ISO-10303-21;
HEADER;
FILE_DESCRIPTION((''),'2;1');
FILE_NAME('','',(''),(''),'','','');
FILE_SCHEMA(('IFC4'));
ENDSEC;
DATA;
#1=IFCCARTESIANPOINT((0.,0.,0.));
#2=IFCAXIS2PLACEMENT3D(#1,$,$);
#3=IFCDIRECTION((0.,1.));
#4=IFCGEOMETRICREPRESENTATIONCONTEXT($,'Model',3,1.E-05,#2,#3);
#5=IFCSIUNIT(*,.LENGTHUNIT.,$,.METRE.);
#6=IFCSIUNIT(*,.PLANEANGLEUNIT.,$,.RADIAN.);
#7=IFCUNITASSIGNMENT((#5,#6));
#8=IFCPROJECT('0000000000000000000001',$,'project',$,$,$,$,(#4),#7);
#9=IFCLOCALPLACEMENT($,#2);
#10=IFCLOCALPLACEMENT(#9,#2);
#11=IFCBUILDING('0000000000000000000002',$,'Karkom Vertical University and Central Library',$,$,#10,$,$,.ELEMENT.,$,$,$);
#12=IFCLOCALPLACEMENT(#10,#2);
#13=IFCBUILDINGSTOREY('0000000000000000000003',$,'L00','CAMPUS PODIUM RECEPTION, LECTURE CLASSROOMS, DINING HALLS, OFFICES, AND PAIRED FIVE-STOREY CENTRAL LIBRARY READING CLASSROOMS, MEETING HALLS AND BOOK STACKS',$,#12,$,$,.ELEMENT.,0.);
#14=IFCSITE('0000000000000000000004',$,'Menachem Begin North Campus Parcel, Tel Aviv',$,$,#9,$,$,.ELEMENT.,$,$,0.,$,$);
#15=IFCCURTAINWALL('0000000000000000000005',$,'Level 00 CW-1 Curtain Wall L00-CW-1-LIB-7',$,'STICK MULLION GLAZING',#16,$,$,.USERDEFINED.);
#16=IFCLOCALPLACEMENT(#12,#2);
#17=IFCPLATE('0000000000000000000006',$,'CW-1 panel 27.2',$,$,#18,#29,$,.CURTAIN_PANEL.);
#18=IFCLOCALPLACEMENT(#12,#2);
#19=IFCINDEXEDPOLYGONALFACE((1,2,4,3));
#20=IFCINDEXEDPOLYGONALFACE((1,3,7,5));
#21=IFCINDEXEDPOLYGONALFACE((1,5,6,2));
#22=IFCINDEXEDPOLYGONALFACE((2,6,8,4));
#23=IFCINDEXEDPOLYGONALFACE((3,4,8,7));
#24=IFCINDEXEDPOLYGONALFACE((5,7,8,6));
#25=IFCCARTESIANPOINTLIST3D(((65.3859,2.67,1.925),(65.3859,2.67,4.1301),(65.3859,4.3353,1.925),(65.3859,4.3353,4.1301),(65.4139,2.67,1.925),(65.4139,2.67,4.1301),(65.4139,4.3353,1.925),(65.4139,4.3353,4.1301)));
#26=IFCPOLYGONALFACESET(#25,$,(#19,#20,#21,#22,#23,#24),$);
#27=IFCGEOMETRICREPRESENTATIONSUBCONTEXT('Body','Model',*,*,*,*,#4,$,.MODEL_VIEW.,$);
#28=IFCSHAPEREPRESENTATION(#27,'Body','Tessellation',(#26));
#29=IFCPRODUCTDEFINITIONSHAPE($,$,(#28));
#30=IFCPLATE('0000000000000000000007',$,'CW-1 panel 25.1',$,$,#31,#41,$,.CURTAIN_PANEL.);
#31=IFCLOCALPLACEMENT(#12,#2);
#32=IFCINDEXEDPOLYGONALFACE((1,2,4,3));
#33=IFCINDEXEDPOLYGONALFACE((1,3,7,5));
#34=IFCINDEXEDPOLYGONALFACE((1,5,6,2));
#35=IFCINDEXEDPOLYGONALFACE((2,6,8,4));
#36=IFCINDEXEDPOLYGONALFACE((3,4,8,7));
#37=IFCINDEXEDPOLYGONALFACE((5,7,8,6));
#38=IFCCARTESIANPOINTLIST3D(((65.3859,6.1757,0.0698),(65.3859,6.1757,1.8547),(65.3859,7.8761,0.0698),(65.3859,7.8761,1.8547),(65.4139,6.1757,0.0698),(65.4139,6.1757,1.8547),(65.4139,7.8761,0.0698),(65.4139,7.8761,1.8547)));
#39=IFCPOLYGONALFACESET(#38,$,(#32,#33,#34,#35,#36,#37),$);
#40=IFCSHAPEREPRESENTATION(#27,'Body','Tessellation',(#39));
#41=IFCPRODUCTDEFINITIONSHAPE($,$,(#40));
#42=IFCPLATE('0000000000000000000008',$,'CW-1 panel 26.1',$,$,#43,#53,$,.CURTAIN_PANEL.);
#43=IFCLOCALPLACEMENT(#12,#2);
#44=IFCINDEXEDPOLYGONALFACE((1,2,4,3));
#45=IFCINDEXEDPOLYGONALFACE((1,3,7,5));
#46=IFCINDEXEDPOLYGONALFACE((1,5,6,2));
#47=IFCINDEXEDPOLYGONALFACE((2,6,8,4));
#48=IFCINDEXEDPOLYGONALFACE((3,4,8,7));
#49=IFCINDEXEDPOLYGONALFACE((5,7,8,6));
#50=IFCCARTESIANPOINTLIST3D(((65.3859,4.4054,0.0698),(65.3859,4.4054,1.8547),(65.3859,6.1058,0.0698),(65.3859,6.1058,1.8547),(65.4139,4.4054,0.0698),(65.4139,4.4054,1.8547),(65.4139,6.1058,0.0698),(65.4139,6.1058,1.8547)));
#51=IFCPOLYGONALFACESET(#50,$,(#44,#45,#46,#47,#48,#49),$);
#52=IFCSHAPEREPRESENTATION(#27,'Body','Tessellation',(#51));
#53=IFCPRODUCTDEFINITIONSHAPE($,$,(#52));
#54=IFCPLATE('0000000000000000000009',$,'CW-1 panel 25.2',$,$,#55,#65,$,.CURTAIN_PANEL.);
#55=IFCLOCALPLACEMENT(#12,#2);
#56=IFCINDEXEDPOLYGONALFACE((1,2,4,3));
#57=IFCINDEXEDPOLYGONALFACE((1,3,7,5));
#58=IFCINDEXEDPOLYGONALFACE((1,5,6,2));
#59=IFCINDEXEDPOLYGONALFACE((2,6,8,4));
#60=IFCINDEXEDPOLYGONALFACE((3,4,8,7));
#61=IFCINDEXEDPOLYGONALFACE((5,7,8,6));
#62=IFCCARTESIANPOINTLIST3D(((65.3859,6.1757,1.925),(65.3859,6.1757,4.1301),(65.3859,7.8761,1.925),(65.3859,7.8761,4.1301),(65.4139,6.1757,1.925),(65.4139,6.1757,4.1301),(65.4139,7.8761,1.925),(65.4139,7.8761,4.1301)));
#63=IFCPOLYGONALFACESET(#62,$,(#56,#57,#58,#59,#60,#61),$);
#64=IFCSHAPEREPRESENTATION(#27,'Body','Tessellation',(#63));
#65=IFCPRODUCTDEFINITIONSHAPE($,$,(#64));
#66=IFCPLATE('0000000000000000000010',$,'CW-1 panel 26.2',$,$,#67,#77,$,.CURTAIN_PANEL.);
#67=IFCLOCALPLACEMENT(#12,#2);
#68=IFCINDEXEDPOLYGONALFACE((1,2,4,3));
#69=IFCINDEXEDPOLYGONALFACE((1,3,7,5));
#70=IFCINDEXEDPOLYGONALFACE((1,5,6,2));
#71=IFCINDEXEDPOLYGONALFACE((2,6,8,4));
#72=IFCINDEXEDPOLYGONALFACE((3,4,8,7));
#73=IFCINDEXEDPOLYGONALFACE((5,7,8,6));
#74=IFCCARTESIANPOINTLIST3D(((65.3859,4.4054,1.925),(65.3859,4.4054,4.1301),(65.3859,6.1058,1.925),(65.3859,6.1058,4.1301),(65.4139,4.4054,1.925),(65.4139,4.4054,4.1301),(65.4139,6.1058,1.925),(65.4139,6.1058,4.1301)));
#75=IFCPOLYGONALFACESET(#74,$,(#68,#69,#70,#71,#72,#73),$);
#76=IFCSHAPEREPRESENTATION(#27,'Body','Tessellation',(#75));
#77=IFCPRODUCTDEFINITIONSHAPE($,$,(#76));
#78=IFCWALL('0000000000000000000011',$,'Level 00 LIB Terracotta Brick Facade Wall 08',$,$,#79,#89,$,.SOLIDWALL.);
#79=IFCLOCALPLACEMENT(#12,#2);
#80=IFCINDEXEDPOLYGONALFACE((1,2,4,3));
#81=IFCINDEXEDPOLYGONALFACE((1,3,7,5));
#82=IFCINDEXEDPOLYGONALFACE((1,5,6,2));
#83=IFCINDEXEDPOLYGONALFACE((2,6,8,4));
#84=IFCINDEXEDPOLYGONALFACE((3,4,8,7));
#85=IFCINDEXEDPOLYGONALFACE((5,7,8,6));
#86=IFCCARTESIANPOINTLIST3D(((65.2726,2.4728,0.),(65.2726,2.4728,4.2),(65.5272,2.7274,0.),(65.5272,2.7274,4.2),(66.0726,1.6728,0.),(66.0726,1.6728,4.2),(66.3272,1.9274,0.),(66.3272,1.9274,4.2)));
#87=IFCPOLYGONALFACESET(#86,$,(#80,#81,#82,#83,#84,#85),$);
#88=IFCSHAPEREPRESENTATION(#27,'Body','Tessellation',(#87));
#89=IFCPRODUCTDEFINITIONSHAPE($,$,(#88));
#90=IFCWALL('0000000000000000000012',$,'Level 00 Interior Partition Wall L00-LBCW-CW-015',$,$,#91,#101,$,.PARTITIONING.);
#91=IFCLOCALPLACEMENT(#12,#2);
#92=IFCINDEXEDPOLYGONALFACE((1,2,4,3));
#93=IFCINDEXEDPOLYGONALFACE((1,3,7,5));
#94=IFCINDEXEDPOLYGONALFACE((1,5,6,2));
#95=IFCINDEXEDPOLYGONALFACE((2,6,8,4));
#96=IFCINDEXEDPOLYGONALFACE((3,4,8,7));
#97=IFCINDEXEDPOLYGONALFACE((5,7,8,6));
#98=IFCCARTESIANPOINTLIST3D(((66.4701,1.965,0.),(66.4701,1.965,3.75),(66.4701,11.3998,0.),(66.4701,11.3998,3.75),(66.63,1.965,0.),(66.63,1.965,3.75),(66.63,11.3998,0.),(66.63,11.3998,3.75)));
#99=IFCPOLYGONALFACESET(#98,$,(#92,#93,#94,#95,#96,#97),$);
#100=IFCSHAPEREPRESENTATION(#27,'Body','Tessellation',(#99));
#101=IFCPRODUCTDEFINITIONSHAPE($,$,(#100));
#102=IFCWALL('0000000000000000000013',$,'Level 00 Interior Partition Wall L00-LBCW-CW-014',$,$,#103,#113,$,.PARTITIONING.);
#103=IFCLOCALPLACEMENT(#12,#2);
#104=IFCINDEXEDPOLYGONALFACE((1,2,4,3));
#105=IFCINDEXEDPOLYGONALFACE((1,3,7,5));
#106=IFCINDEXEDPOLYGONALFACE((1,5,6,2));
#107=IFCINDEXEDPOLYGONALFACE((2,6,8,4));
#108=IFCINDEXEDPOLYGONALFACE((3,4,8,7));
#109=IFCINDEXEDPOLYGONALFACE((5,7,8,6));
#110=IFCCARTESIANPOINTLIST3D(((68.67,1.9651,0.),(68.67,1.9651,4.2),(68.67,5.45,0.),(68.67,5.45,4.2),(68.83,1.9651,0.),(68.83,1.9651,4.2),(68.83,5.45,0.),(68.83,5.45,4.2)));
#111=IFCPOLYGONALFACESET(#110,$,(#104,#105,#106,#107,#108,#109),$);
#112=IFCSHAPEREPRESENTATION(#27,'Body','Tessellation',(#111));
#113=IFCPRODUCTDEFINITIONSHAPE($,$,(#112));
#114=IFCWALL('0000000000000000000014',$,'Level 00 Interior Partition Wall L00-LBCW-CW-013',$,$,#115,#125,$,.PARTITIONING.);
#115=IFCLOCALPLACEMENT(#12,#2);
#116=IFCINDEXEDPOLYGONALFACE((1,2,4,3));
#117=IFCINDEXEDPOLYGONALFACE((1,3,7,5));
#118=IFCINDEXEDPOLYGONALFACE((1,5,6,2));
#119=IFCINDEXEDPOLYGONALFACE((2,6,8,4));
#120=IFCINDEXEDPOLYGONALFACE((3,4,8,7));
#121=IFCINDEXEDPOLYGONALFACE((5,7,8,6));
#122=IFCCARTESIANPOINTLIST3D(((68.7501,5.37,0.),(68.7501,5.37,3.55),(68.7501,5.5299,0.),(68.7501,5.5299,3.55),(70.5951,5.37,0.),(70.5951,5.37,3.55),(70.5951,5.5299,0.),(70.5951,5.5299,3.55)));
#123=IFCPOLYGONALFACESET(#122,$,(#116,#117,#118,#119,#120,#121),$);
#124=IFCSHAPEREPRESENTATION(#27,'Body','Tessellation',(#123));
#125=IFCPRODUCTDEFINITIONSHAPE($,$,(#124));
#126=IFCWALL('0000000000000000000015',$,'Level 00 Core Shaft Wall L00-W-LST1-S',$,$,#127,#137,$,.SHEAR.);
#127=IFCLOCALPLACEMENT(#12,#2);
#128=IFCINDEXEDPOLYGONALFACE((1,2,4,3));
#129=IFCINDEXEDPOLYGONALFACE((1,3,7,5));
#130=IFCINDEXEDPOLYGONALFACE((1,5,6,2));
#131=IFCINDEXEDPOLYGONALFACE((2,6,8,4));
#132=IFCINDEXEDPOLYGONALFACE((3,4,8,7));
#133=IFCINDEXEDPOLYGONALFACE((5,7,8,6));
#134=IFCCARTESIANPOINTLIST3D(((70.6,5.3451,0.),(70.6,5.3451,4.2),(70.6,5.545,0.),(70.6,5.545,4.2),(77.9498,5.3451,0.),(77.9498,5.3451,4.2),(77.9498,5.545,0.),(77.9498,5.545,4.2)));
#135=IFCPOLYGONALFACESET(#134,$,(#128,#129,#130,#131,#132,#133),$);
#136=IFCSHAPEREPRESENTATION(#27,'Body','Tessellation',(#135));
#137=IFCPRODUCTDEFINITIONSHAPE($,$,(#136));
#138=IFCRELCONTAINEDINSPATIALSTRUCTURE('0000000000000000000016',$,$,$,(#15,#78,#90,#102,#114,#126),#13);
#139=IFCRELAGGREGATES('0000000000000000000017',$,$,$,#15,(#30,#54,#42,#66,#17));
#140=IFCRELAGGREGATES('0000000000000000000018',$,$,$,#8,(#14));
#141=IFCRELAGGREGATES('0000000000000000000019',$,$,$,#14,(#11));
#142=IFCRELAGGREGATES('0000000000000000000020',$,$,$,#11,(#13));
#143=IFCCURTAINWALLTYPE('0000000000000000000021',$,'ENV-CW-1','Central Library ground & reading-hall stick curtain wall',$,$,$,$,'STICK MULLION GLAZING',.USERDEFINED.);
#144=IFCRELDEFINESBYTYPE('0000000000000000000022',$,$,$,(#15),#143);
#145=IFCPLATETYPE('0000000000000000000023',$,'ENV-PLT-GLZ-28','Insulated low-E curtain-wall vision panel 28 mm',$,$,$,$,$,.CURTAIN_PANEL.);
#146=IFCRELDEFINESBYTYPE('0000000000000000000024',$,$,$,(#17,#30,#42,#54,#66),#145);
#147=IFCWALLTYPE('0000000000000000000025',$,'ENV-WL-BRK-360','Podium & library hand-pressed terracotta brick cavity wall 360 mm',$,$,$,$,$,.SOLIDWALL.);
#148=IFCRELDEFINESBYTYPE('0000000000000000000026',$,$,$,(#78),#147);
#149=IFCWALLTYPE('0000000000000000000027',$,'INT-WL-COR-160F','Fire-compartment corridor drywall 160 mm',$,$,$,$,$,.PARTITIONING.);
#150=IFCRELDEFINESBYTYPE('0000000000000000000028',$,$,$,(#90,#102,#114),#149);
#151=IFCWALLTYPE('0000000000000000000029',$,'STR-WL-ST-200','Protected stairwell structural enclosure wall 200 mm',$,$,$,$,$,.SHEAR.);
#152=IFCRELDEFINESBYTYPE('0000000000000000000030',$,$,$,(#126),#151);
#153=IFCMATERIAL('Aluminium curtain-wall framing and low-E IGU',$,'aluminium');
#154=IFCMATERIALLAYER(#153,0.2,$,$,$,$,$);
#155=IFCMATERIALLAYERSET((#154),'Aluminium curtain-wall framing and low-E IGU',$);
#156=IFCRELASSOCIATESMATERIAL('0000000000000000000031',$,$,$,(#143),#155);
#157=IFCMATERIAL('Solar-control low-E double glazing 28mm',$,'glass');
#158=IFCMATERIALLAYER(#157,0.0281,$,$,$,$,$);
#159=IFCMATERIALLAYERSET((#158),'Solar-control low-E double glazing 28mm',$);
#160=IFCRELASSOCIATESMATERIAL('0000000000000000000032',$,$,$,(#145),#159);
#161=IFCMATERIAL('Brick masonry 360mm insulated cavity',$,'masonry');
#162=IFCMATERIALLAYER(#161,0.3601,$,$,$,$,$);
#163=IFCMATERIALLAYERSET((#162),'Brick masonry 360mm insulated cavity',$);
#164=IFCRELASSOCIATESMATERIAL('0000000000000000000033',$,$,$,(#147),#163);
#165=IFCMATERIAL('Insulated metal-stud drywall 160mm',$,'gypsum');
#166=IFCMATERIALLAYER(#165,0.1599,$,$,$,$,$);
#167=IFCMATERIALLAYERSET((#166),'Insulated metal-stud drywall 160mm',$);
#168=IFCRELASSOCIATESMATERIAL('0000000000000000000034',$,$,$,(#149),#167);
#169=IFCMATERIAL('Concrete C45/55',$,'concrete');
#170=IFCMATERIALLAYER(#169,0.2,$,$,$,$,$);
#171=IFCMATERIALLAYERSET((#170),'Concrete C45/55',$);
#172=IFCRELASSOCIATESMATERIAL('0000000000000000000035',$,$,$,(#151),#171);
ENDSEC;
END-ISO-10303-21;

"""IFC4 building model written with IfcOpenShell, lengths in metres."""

from ifc_helpers import new_model, si_unit, direction, frame, frame_2d, origin, origin_with_axes, origin_2d, place, context, subcontext, project, spatial, rectangle, extrude, source, transform, mapped, material, layer, layer_set, type_object, element, aggregate, save


model = new_model("IFC4")

# Units and contexts
model_context = context("Model", 3, precision=1e-05, world=origin(), true_north=direction((0.0, 1.0)))
body_context = subcontext(model_context, "Body", "Model", "MODEL_VIEW")
ifc_project = project(units=[si_unit("LENGTHUNIT", "METRE"), si_unit("PLANEANGLEUNIT", "RADIAN")], contexts=[model_context])

# Site, building, storey
site_placement = place(None, origin())
site = spatial("IfcSite", under=ifc_project, at=site_placement, Name="Menachem Begin North Campus Parcel, Tel Aviv", CompositionType="ELEMENT", RefElevation=0.0)
building_placement = place(site_placement, origin())
building = spatial("IfcBuilding", under=site, at=building_placement, Name="Karkom Vertical University and Central Library", CompositionType="ELEMENT")
storey_placement = place(building_placement, origin())
storey = spatial("IfcBuildingStorey", under=building, at=storey_placement, Name="L00", Description="CAMPUS PODIUM RECEPTION, LECTURE CLASSROOMS, DINING HALLS, OFFICES, AND PAIRED FIVE-STOREY CENTRAL LIBRARY READING CLASSROOMS, MEETING HALLS AND BOOK STACKS", CompositionType="ELEMENT", Elevation=0.0)

# Shared definitions
ifc_material_1 = material(Name="Concrete C45/55", Category="concrete")

# Curtain wall, plates
ifc_material_2 = material(Name="Aluminium curtain-wall framing and low-E IGU", Category="aluminium")
ifc_layer_1 = layer(ifc_material_2, 0.2)
ifc_layer_set_1 = layer_set([ifc_layer_1], Name="Aluminium curtain-wall framing and low-E IGU")
curtain_wall_type = type_object("IfcCurtainWallType", Name="ENV-CW-1", Description="Central Library ground & reading-hall stick curtain wall", ElementType="STICK MULLION GLAZING", PredefinedType="USERDEFINED", material=ifc_layer_set_1)
curtain_wall_placement = place(storey_placement, origin())
curtain_wall = element("IfcCurtainWall", 1, at=curtain_wall_placement, inside=storey, type_object=curtain_wall_type, Name="Level 00 CW-1 Curtain Wall L00-CW-1-LIB-7", ObjectType="STICK MULLION GLAZING", PredefinedType="USERDEFINED")
ifc_material_3 = material(Name="Solar-control low-E double glazing 28mm", Category="glass")
ifc_layer_2 = layer(ifc_material_3, 0.0281)
ifc_layer_set_2 = layer_set([ifc_layer_2], Name="Solar-control low-E double glazing 28mm")
plate_type = type_object("IfcPlateType", Name="ENV-PLT-GLZ-28", Description="Insulated low-E curtain-wall vision panel 28 mm", PredefinedType="CURTAIN_PANEL", material=ifc_layer_set_2)
shared_shape_1 = source(origin_with_axes(), body_context, "Body", "SweptSolid", [
    extrude(rectangle(XDim=1.6653, YDim=0.0281, at=origin_2d()), origin(), (0.0, 0.0, 1.0), 2.2051),
])
plate_1_placement = place(storey_placement, frame((65.3999, 3.5027, 1.925), z_axis=(0.0, 0.0, 1.0), x_axis=(0.0, -1.0, 0.0)))
plate_1 = element("IfcPlate", 2, at=plate_1_placement, type_object=plate_type, Name="CW-1 panel 27.2", PredefinedType="CURTAIN_PANEL", context=body_context, shape_type="MappedRepresentation", body=[
    mapped(shared_shape_1, transform((0.0, 0.0, 0.0), scale=1.0)),
])
shared_shape_2 = source(origin_with_axes(), body_context, "Body", "SweptSolid", [
    extrude(rectangle(XDim=1.7004, YDim=0.0281, at=origin_2d()), origin(), (0.0, 0.0, 1.0), 1.7849),
])
plate_2_placement = place(storey_placement, frame((65.3999, 7.0259, 0.0698), z_axis=(0.0, 0.0, 1.0), x_axis=(0.0, -1.0, 0.0)))
plate_2 = element("IfcPlate", 3, at=plate_2_placement, type_object=plate_type, Name="CW-1 panel 25.1", PredefinedType="CURTAIN_PANEL", context=body_context, shape_type="MappedRepresentation", body=[
    mapped(shared_shape_2, transform((0.0, 0.0, 0.0), scale=1.0)),
])
plate_3_placement = place(storey_placement, frame((65.3999, 5.2556, 0.0698), z_axis=(0.0, 0.0, 1.0), x_axis=(0.0, -1.0, 0.0)))
plate_3 = element("IfcPlate", 4, at=plate_3_placement, type_object=plate_type, Name="CW-1 panel 26.1", PredefinedType="CURTAIN_PANEL", context=body_context, shape_type="MappedRepresentation", body=[
    mapped(shared_shape_2, transform((0.0, 0.0, 0.0), scale=1.0)),
])
shared_shape_3 = source(origin_with_axes(), body_context, "Body", "SweptSolid", [
    extrude(rectangle(XDim=1.7004, YDim=0.0281, at=origin_2d()), origin(), (0.0, 0.0, 1.0), 2.2051),
])
plate_4_placement = place(storey_placement, frame((65.3999, 7.0259, 1.925), z_axis=(0.0, 0.0, 1.0), x_axis=(0.0, -1.0, 0.0)))
plate_4 = element("IfcPlate", 5, at=plate_4_placement, type_object=plate_type, Name="CW-1 panel 25.2", PredefinedType="CURTAIN_PANEL", context=body_context, shape_type="MappedRepresentation", body=[
    mapped(shared_shape_3, transform((0.0, 0.0, 0.0), scale=1.0)),
])
plate_5_placement = place(storey_placement, frame((65.3999, 5.2556, 1.925), z_axis=(0.0, 0.0, 1.0), x_axis=(0.0, -1.0, 0.0)))
plate_5 = element("IfcPlate", 6, at=plate_5_placement, type_object=plate_type, Name="CW-1 panel 26.2", PredefinedType="CURTAIN_PANEL", context=body_context, shape_type="MappedRepresentation", body=[
    mapped(shared_shape_3, transform((0.0, 0.0, 0.0), scale=1.0)),
])
aggregate(curtain_wall, [plate_2, plate_4, plate_3, plate_5, plate_1])

# Walls
ifc_material_4 = material(Name="Brick masonry 360mm insulated cavity", Category="masonry")
ifc_layer_3 = layer(ifc_material_4, 0.3601)
ifc_layer_set_3 = layer_set([ifc_layer_3], Name="Brick masonry 360mm insulated cavity")
wall_type_1 = type_object("IfcWallType", Name="ENV-WL-BRK-360", Description="Podium & library hand-pressed terracotta brick cavity wall 360 mm", PredefinedType="SOLIDWALL", material=ifc_layer_set_3)
wall_1_placement = place(storey_placement, frame((65.3999, 2.6001, 0.0), z_axis=(0.0, 0.0, 1.0), x_axis=(0.707107, -0.707107, 0.0)))
element("IfcWall", 7, at=wall_1_placement, inside=storey, type_object=wall_type_1, Name="Level 00 LIB Terracotta Brick Facade Wall 08", PredefinedType="SOLIDWALL", context=body_context, shape_type="SweptSolid", body=[
    extrude(rectangle(XDim=1.1313, YDim=0.3601, at=frame_2d((0.5657, 0.0))), origin(), (0.0, 0.0, 1.0), 4.2),
])
ifc_material_5 = material(Name="Insulated metal-stud drywall 160mm", Category="gypsum")
ifc_layer_4 = layer(ifc_material_5, 0.1599)
ifc_layer_set_4 = layer_set([ifc_layer_4], Name="Insulated metal-stud drywall 160mm")
wall_type_2 = type_object("IfcWallType", Name="INT-WL-COR-160F", Description="Fire-compartment corridor drywall 160 mm", PredefinedType="PARTITIONING", material=ifc_layer_set_4)
wall_2_placement = place(storey_placement, frame((66.55, 1.9651, 0.0), z_axis=(0.0, 0.0, 1.0), x_axis=(0.0, 1.0, 0.0)))
element("IfcWall", 8, at=wall_2_placement, inside=storey, type_object=wall_type_2, Name="Level 00 Interior Partition Wall L00-LBCW-CW-015", PredefinedType="PARTITIONING", context=body_context, shape_type="SweptSolid", body=[
    extrude(rectangle(XDim=9.4348, YDim=0.1599, at=frame_2d((4.7173, 0.0))), origin(), (0.0, 0.0, 1.0), 3.75),
])
wall_3_placement = place(storey_placement, frame((68.75, 5.45, 0.0), z_axis=(0.0, 0.0, 1.0), x_axis=(0.0, -1.0, 0.0)))
element("IfcWall", 9, at=wall_3_placement, inside=storey, type_object=wall_type_2, Name="Level 00 Interior Partition Wall L00-LBCW-CW-014", PredefinedType="PARTITIONING", context=body_context, shape_type="SweptSolid", body=[
    extrude(rectangle(XDim=3.4849, YDim=0.1599, at=frame_2d((1.7424, 0.0))), origin(), (0.0, 0.0, 1.0), 4.2),
])
wall_4_placement = place(storey_placement, frame((70.595, 5.45, 0.0), z_axis=(0.0, 0.0, 1.0), x_axis=(-1.0, 0.0, 0.0)))
element("IfcWall", 10, at=wall_4_placement, inside=storey, type_object=wall_type_2, Name="Level 00 Interior Partition Wall L00-LBCW-CW-013", PredefinedType="PARTITIONING", context=body_context, shape_type="SweptSolid", body=[
    extrude(rectangle(XDim=1.845, YDim=0.1599, at=frame_2d((0.9224, 0.0))), origin(), (0.0, 0.0, 1.0), 3.55),
])
ifc_layer_5 = layer(ifc_material_1, 0.2)
ifc_layer_set_5 = layer_set([ifc_layer_5], Name="Concrete C45/55")
wall_type_3 = type_object("IfcWallType", Name="STR-WL-ST-200", Description="Protected stairwell structural enclosure wall 200 mm", PredefinedType="SHEAR", material=ifc_layer_set_5)
wall_5_placement = place(storey_placement, frame((70.6001, 5.4451, 0.0), z_axis=(0.0, 0.0, 1.0), x_axis=(1.0, 0.0, 0.0)))
element("IfcWall", 11, at=wall_5_placement, inside=storey, type_object=wall_type_3, Name="Level 00 Core Shaft Wall L00-W-LST1-S", PredefinedType="SHEAR", context=body_context, shape_type="SweptSolid", body=[
    extrude(rectangle(XDim=7.3499, YDim=0.2, at=frame_2d((3.6748, 0.0))), origin(), (0.0, 0.0, 1.0), 4.2),
])

save(model, "model.ifc")
